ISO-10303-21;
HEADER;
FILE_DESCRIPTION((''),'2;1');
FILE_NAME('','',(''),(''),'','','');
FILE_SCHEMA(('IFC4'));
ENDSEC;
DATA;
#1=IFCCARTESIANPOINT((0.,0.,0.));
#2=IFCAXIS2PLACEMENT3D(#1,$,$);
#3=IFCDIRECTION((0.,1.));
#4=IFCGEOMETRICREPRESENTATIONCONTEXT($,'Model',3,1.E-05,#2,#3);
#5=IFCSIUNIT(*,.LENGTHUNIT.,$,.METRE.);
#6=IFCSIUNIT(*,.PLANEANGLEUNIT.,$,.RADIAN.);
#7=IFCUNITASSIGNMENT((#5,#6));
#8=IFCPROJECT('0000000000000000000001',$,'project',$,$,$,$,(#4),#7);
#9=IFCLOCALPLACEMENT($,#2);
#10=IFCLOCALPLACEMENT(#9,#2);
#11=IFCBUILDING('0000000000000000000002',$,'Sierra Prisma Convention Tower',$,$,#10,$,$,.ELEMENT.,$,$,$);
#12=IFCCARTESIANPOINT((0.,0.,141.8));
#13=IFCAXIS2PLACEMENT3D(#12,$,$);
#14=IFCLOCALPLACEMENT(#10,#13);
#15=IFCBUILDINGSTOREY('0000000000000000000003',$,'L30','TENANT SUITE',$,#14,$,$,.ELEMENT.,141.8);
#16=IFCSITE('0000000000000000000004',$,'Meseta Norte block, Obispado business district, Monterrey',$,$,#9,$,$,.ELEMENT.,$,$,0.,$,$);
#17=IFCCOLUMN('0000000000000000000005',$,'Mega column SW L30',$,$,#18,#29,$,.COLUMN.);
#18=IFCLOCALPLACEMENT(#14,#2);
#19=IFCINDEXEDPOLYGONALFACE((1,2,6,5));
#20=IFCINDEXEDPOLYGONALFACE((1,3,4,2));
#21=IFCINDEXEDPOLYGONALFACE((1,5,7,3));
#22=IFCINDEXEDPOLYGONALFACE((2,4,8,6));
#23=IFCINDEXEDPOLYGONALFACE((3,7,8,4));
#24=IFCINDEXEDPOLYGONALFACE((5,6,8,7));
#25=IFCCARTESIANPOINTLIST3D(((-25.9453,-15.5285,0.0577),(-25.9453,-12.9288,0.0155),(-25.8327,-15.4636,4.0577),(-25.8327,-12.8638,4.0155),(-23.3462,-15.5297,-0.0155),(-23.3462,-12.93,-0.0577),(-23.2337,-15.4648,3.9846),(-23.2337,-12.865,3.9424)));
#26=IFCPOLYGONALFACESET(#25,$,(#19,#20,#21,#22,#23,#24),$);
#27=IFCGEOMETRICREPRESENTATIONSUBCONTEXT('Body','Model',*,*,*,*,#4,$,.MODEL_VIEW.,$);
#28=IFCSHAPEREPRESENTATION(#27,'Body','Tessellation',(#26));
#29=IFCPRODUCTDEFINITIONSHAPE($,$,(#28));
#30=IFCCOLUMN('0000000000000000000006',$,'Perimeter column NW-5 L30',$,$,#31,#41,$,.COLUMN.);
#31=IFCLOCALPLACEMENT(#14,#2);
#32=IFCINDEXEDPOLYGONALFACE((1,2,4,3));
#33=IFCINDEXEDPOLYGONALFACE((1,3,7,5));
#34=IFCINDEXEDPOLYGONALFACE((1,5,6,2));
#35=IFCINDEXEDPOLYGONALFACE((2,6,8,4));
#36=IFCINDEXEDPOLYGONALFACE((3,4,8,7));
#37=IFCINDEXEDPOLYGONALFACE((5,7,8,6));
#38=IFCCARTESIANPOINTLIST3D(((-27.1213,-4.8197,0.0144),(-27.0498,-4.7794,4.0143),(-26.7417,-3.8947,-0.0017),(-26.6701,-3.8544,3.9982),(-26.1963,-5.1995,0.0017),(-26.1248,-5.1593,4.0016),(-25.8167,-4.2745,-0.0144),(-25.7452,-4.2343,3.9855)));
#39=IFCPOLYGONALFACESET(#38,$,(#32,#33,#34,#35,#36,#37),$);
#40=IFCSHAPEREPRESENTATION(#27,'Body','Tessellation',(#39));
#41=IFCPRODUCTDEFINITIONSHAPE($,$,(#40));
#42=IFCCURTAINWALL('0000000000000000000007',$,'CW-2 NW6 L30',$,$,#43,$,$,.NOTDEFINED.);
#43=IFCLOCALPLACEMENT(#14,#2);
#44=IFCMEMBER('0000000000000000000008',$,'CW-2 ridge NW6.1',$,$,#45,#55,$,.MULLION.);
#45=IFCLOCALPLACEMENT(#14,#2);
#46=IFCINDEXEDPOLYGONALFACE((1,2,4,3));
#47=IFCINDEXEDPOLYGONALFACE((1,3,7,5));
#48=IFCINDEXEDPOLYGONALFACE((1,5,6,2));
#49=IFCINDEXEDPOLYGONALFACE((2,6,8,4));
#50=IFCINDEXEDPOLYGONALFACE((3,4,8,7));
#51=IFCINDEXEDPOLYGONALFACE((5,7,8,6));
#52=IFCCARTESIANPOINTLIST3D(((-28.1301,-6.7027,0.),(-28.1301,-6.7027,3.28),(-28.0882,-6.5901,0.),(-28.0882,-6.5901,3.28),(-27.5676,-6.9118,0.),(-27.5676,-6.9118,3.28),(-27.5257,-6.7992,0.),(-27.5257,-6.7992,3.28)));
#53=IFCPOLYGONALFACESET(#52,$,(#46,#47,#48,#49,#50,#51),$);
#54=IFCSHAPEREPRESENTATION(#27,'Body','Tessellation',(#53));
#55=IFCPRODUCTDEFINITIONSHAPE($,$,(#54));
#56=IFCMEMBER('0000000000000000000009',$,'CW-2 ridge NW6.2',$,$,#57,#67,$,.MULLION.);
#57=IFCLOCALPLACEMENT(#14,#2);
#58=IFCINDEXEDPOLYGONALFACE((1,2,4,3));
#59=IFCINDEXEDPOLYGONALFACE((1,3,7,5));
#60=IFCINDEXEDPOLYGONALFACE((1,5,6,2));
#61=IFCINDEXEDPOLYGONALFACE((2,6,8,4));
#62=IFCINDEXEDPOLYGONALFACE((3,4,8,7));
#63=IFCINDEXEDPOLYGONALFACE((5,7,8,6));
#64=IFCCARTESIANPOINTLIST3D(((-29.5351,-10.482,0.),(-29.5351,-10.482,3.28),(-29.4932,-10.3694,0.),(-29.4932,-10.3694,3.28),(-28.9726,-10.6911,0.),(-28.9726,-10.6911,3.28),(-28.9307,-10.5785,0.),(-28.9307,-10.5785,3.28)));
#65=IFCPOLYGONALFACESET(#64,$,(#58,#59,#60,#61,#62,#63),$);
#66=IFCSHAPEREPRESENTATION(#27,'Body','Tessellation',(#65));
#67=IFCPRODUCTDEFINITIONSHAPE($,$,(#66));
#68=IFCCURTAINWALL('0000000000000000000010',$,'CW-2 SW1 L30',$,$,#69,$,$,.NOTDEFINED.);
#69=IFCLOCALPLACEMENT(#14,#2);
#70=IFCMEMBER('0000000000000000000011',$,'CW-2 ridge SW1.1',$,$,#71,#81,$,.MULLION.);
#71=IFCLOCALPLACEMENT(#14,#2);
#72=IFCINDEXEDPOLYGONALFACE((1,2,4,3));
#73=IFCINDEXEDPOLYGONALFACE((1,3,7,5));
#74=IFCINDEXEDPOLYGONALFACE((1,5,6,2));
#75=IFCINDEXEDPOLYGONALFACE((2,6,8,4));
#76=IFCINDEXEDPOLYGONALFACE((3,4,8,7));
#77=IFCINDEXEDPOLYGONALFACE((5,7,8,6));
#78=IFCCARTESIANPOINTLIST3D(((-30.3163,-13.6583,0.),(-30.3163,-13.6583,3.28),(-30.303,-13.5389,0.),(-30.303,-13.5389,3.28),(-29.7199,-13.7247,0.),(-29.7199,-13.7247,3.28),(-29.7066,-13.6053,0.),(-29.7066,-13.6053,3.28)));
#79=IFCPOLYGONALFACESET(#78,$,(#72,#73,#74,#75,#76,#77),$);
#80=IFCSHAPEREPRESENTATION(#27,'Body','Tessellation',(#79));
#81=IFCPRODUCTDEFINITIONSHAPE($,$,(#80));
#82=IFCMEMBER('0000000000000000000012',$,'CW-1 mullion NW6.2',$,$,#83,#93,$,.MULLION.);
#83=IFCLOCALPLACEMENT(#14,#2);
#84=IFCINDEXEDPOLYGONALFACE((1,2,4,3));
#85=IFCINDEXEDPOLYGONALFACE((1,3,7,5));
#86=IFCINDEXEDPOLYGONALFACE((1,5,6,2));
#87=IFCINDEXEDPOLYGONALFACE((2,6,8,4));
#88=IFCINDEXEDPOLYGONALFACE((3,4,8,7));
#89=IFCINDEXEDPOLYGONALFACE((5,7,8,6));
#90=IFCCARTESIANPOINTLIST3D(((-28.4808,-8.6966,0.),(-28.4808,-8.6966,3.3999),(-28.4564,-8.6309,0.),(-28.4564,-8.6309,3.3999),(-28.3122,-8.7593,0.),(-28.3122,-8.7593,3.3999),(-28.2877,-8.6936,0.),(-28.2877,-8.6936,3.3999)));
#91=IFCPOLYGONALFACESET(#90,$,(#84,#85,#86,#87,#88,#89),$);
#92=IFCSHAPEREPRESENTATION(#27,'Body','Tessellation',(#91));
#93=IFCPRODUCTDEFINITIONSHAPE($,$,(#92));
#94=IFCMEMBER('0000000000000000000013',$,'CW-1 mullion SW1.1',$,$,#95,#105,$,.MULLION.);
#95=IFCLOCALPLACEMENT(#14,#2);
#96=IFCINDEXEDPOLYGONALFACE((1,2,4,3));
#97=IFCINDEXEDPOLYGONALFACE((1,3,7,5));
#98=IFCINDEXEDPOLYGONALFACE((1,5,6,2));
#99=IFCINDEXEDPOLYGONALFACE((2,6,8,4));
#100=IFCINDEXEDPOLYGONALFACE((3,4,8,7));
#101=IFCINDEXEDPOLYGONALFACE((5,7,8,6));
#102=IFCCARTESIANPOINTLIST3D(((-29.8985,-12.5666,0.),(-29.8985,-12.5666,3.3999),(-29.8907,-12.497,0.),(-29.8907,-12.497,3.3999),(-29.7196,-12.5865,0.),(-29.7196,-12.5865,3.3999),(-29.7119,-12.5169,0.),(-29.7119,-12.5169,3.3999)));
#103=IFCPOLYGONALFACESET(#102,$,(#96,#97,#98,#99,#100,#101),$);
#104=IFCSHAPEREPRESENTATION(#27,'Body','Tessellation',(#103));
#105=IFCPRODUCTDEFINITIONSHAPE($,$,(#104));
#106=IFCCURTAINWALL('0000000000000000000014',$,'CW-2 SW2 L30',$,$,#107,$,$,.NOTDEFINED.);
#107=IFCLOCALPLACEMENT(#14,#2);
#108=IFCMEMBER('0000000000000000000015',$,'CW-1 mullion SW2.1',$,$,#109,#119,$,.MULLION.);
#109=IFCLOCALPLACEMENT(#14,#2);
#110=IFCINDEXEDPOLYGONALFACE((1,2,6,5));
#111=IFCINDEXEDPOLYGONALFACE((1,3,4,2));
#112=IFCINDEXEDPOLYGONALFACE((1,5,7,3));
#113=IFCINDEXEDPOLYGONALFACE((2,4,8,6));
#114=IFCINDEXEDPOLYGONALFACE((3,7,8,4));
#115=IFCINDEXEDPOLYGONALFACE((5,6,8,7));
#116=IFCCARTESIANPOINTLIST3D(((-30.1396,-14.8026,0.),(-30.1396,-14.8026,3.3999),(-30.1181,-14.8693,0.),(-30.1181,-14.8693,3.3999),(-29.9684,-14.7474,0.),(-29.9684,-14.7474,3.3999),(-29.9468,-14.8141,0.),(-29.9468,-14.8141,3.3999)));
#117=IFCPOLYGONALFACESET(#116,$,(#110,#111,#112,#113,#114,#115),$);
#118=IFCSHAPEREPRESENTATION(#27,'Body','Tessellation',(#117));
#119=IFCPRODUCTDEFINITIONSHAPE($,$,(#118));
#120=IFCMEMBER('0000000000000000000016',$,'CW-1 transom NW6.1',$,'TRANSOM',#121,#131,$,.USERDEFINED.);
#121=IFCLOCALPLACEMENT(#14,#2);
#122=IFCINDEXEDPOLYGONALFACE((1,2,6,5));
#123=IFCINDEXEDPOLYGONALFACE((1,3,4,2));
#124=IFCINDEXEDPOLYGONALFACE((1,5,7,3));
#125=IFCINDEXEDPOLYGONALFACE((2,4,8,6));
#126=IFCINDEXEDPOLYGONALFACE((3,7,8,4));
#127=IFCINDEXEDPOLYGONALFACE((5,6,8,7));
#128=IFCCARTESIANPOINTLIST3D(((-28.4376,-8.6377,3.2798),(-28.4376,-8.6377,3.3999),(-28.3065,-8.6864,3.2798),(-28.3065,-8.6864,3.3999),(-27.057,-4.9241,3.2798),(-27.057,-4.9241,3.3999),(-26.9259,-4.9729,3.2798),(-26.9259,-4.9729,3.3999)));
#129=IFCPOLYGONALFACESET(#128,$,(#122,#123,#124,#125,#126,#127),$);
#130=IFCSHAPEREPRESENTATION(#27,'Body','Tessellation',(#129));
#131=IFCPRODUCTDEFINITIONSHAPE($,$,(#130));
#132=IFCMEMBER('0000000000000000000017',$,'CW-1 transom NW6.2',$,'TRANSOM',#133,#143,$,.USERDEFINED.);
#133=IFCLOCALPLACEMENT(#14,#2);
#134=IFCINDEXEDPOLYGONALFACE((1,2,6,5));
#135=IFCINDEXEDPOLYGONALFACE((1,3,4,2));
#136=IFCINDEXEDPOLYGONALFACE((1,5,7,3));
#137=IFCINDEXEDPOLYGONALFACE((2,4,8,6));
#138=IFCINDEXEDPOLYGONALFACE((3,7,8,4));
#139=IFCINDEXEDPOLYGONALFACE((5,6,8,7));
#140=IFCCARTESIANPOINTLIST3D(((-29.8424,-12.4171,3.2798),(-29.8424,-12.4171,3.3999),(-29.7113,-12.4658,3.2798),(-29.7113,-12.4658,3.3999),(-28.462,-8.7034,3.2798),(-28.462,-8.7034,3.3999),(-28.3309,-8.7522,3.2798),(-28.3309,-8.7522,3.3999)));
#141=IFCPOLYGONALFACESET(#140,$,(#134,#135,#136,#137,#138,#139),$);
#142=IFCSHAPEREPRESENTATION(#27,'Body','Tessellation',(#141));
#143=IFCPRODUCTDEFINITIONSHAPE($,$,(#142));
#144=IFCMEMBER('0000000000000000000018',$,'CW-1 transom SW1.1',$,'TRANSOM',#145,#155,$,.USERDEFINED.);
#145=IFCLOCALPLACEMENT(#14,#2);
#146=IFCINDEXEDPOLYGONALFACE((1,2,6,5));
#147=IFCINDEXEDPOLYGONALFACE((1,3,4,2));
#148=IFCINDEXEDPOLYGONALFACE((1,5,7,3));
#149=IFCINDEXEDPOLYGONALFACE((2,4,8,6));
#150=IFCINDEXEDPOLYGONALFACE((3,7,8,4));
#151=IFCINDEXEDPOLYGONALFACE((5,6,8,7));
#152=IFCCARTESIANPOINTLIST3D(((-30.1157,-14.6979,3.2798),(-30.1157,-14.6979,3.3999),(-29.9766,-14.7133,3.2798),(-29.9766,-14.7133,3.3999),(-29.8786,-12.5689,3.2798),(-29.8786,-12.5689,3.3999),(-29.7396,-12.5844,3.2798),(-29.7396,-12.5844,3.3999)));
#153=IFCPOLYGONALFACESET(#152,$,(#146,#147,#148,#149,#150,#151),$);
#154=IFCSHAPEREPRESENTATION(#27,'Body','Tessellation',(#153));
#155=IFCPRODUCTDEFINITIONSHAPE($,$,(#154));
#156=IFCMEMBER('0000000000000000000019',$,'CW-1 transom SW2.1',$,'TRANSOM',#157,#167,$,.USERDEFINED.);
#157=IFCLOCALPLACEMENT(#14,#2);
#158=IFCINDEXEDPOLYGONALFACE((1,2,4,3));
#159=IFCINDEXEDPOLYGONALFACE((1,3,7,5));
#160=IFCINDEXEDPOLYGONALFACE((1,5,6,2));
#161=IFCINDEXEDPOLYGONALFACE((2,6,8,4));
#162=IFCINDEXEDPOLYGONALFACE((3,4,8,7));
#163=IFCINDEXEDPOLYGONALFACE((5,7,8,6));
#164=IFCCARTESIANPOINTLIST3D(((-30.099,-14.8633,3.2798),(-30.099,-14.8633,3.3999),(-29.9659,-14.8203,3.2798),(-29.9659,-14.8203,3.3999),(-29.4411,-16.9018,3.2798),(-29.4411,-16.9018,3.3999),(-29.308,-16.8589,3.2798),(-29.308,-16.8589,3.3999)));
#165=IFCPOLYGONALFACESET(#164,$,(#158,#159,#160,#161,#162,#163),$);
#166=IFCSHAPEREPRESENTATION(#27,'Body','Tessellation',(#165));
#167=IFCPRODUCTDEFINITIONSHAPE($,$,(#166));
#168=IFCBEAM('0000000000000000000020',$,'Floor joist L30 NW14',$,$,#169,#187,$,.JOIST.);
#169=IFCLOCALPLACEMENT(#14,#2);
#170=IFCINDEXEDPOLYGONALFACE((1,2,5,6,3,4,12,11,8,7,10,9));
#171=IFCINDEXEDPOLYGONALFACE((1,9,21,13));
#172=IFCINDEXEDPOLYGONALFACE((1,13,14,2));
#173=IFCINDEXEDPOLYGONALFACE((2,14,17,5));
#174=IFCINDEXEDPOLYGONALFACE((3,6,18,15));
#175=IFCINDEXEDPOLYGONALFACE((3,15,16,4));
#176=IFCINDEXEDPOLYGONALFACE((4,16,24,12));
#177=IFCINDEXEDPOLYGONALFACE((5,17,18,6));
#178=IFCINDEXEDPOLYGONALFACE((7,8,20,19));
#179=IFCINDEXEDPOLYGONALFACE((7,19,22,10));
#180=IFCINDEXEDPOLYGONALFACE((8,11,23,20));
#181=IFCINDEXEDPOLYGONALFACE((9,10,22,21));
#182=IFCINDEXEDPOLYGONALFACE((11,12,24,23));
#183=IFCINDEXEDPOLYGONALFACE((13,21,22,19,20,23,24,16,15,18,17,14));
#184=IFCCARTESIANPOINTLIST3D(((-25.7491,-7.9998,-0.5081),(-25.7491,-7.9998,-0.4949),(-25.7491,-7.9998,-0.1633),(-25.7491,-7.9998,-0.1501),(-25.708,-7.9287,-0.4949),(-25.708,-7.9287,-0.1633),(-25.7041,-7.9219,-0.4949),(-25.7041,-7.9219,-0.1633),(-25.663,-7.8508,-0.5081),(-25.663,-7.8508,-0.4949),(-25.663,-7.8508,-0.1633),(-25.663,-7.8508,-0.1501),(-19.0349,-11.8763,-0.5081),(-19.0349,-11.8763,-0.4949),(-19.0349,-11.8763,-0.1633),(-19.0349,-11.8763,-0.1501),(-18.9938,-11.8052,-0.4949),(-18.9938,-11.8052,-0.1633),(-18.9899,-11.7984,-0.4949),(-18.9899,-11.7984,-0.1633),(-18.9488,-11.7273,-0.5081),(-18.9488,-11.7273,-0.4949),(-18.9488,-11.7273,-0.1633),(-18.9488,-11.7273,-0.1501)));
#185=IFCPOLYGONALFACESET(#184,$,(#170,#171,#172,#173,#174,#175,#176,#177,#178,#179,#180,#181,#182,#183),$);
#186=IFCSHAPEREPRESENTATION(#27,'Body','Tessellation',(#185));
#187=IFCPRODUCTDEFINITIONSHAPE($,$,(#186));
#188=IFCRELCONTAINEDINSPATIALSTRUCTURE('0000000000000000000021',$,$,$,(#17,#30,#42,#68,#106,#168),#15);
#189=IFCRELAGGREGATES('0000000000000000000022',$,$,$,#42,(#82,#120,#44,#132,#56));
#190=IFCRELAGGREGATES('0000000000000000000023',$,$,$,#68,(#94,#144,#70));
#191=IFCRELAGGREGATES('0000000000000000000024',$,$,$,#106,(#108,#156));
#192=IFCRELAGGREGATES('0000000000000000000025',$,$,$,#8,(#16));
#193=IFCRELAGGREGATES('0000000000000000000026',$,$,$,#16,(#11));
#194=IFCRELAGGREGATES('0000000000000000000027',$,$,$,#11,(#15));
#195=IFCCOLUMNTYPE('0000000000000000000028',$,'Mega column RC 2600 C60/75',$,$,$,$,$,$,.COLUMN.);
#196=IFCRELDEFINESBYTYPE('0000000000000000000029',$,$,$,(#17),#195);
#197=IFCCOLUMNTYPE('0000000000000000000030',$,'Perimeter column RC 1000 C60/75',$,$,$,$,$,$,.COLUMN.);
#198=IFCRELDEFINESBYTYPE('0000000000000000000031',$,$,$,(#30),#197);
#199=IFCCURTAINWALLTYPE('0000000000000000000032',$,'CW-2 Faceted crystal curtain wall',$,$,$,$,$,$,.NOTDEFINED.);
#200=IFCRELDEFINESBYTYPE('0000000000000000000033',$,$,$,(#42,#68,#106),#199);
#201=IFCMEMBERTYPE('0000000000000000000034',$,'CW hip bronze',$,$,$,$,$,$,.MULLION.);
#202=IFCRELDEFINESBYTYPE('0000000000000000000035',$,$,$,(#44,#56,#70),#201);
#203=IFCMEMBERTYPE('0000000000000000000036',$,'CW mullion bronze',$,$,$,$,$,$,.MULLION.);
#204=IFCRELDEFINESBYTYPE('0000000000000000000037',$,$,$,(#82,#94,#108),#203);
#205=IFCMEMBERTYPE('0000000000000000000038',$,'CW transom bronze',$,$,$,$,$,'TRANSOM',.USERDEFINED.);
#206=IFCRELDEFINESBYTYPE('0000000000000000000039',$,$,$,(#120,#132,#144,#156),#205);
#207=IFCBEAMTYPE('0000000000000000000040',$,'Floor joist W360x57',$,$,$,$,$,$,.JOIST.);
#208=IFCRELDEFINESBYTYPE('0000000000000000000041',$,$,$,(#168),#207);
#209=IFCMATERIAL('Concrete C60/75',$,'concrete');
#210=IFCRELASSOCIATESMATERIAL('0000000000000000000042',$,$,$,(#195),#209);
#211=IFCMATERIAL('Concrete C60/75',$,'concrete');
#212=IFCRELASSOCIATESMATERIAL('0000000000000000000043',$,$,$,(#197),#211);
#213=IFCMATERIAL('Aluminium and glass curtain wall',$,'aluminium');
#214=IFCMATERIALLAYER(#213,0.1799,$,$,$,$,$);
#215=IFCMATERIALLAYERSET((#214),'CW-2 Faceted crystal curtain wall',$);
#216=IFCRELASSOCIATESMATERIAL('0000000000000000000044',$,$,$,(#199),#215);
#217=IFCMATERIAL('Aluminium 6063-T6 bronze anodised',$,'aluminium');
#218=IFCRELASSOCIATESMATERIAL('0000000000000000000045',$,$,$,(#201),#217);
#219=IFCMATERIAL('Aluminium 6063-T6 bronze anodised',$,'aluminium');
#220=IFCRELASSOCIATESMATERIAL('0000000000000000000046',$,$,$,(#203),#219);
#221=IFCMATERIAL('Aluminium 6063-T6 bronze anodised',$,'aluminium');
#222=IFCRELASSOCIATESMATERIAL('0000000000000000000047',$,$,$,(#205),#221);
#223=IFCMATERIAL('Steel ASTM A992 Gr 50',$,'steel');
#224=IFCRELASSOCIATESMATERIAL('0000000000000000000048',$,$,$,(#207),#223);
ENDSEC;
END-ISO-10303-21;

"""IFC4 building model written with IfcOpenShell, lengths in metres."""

from ifc_helpers import new_model, si_unit, direction, frame, origin, origin_2d, place, context, subcontext, project, spatial, rectangle, i_section, extrude, material, layer, layer_set, material_profile, profile_set, type_object, element, aggregate, save


model = new_model("IFC4")

# Units and contexts
model_context = context("Model", 3, precision=1e-05, world=origin(), true_north=direction((0.0, 1.0)))
body_context = subcontext(model_context, "Body", "Model", "MODEL_VIEW")
ifc_project = project(units=[si_unit("LENGTHUNIT", "METRE"), si_unit("PLANEANGLEUNIT", "RADIAN")], contexts=[model_context])

# Site, building, storey
site_placement = place(None, origin())
site = spatial("IfcSite", under=ifc_project, at=site_placement, Name="Meseta Norte block, Obispado business district, Monterrey", CompositionType="ELEMENT", RefElevation=0.0)
building_placement = place(site_placement, origin())
building = spatial("IfcBuilding", under=site, at=building_placement, Name="Sierra Prisma Convention Tower", CompositionType="ELEMENT")
storey_placement = place(building_placement, frame((0.0, 0.0, 141.8)))
storey = spatial("IfcBuildingStorey", under=building, at=storey_placement, Name="L30", Description="TENANT SUITE", CompositionType="ELEMENT", Elevation=141.8)

# Columns
ifc_material_1 = material(Name="Concrete C60/75", Category="concrete")
ifc_material_profile_1 = material_profile(ifc_material_1, rectangle(XDim=2.6001, YDim=2.6001, at=origin_2d()), Name="Mega column RC 2600 C60/75")
ifc_profile_set_1 = profile_set([ifc_material_profile_1], Name="Concrete C60/75")
column_type_1 = type_object("IfcColumnType", Name="Mega column RC 2600 C60/75", PredefinedType="COLUMN", material=ifc_profile_set_1)
column_1_placement = place(storey_placement, frame((-24.6458, -14.2292, 0.0), z_axis=(0.028122, 0.016227, 0.999473), x_axis=(0.999604, -0.000457, -0.028119)))
element("IfcColumn", 1, at=column_1_placement, inside=storey, type_object=column_type_1, Name="Mega column SW L30", PredefinedType="COLUMN", context=body_context, shape_type="SweptSolid", body=[
    extrude(rectangle(XDim=2.6001, YDim=2.6001, at=origin_2d()), origin(), (0.0, 0.0, 1.0), 4.0022),
])
ifc_material_2 = material(Name="Concrete C60/75", Category="concrete")
ifc_material_profile_2 = material_profile(ifc_material_2, rectangle(XDim=1.0, YDim=1.0, at=origin_2d()), Name="Perimeter column RC 1000 C60/75")
ifc_profile_set_2 = profile_set([ifc_material_profile_2], Name="Concrete C60/75")
column_type_2 = type_object("IfcColumnType", Name="Perimeter column RC 1000 C60/75", PredefinedType="COLUMN", material=ifc_profile_set_2)
column_2_placement = place(storey_placement, frame((-26.469, -4.5471, 0.0), z_axis=(0.01788, 0.010069, 0.999789), x_axis=(0.379623, 0.925001, -0.016104)))
element("IfcColumn", 2, at=column_2_placement, inside=storey, type_object=column_type_2, Name="Perimeter column NW-5 L30", PredefinedType="COLUMN", context=body_context, shape_type="SweptSolid", body=[
    extrude(rectangle(XDim=1.0, YDim=1.0, at=origin_2d()), origin(), (0.0, 0.0, 1.0), 4.0007),
])

# Curtain wall, members
ifc_material_3 = material(Name="Aluminium and glass curtain wall", Category="aluminium")
ifc_layer_1 = layer(ifc_material_3, 0.1799)
ifc_layer_set_1 = layer_set([ifc_layer_1], Name="CW-2 Faceted crystal curtain wall")
curtain_wall_type = type_object("IfcCurtainWallType", Name="CW-2 Faceted crystal curtain wall", PredefinedType="NOTDEFINED", material=ifc_layer_set_1)
curtain_wall_1_placement = place(storey_placement, origin())
curtain_wall_1 = element("IfcCurtainWall", 3, at=curtain_wall_1_placement, inside=storey, type_object=curtain_wall_type, Name="CW-2 NW6 L30", PredefinedType="NOTDEFINED")
ifc_material_4 = material(Name="Aluminium 6063-T6 bronze anodised", Category="aluminium")
ifc_material_profile_3 = material_profile(ifc_material_4, rectangle(XDim=0.1201, YDim=0.6001, at=origin_2d()), Name="ALU RIDGE BLADE 120x600")
ifc_profile_set_3 = profile_set([ifc_material_profile_3], Name="Aluminium 6063-T6 bronze anodised")
member_type_1 = type_object("IfcMemberType", Name="CW hip bronze", PredefinedType="MULLION", material=ifc_profile_set_3)
member_1_placement = place(storey_placement, frame((-27.8279, -6.751, 0.0), z_axis=(0.0, 0.0, 1.0), x_axis=(-0.348451, -0.937327, 0.0)))
member_1 = element("IfcMember", 4, at=member_1_placement, type_object=member_type_1, Name="CW-2 ridge NW6.1", PredefinedType="MULLION", context=body_context, shape_type="SweptSolid", body=[
    extrude(rectangle(XDim=0.1201, YDim=0.6001, at=origin_2d()), origin(), (0.0, 0.0, 1.0), 3.28),
])
member_2_placement = place(storey_placement, frame((-29.2329, -10.5303, 0.0), z_axis=(0.0, 0.0, 1.0), x_axis=(-0.348451, -0.937327, 0.0)))
member_2 = element("IfcMember", 5, at=member_2_placement, type_object=member_type_1, Name="CW-2 ridge NW6.2", PredefinedType="MULLION", context=body_context, shape_type="SweptSolid", body=[
    extrude(rectangle(XDim=0.1201, YDim=0.6001, at=origin_2d()), origin(), (0.0, 0.0, 1.0), 3.28),
])

# Curtain wall, member
curtain_wall_2_placement = place(storey_placement, origin())
curtain_wall_2 = element("IfcCurtainWall", 6, at=curtain_wall_2_placement, inside=storey, type_object=curtain_wall_type, Name="CW-2 SW1 L30", PredefinedType="NOTDEFINED")
member_3_placement = place(storey_placement, frame((-30.0115, -13.6318, 0.0), z_axis=(0.0, 0.0, 1.0), x_axis=(-0.11066, -0.993858, 0.0)))
member_3 = element("IfcMember", 7, at=member_3_placement, type_object=member_type_1, Name="CW-2 ridge SW1.1", PredefinedType="MULLION", context=body_context, shape_type="SweptSolid", body=[
    extrude(rectangle(XDim=0.1201, YDim=0.6001, at=origin_2d()), origin(), (0.0, 0.0, 1.0), 3.28),
])

# Members
ifc_material_5 = material(Name="Aluminium 6063-T6 bronze anodised", Category="aluminium")
ifc_material_profile_4 = material_profile(ifc_material_5, rectangle(XDim=0.1799, YDim=0.0701, at=origin_2d()), Name="ALU MULLION 70x180")
ifc_profile_set_4 = profile_set([ifc_material_profile_4], Name="Aluminium 6063-T6 bronze anodised")
member_type_2 = type_object("IfcMemberType", Name="CW mullion bronze", PredefinedType="MULLION", material=ifc_profile_set_4)
member_4_placement = place(storey_placement, frame((-28.3843, -8.6951, 0.0), z_axis=(0.0, 0.0, 1.0), x_axis=(0.937327, -0.348451, 0.0)))
member_4 = element("IfcMember", 8, at=member_4_placement, type_object=member_type_2, Name="CW-1 mullion NW6.2", PredefinedType="MULLION", context=body_context, shape_type="SweptSolid", body=[
    extrude(rectangle(XDim=0.1799, YDim=0.0701, at=origin_2d()), origin(), (0.0, 0.0, 1.0), 3.3999),
])
member_5_placement = place(storey_placement, frame((-29.8052, -12.5417, 0.0), z_axis=(0.0, 0.0, 1.0), x_axis=(0.993858, -0.11066, 0.0)))
member_5 = element("IfcMember", 9, at=member_5_placement, type_object=member_type_2, Name="CW-1 mullion SW1.1", PredefinedType="MULLION", context=body_context, shape_type="SweptSolid", body=[
    extrude(rectangle(XDim=0.1799, YDim=0.0701, at=origin_2d()), origin(), (0.0, 0.0, 1.0), 3.3999),
])

# Curtain wall, member
curtain_wall_3_placement = place(storey_placement, origin())
curtain_wall_3 = element("IfcCurtainWall", 10, at=curtain_wall_3_placement, inside=storey, type_object=curtain_wall_type, Name="CW-2 SW2 L30", PredefinedType="NOTDEFINED")
member_6_placement = place(storey_placement, frame((-30.0432, -14.8083, 0.0), z_axis=(0.0, 0.0, 1.0), x_axis=(0.95169, 0.307061, 0.0)))
member_6 = element("IfcMember", 11, at=member_6_placement, type_object=member_type_2, Name="CW-1 mullion SW2.1", PredefinedType="MULLION", context=body_context, shape_type="SweptSolid", body=[
    extrude(rectangle(XDim=0.1799, YDim=0.0701, at=origin_2d()), origin(), (0.0, 0.0, 1.0), 3.3999),
])

# Members
ifc_material_6 = material(Name="Aluminium 6063-T6 bronze anodised", Category="aluminium")
ifc_material_profile_5 = material_profile(ifc_material_6, rectangle(XDim=0.1399, YDim=0.1201, at=origin_2d()), Name="ALU TRANSOM 120x140")
ifc_profile_set_5 = profile_set([ifc_material_profile_5], Name="Aluminium 6063-T6 bronze anodised")
member_type_3 = type_object("IfcMemberType", Name="CW transom bronze", ElementType="TRANSOM", PredefinedType="USERDEFINED", material=ifc_profile_set_5)
member_7_placement = place(storey_placement, frame((-26.9915, -4.9485, 3.3398), z_axis=(-0.348468, -0.937321, 0.0), x_axis=(0.937321, -0.348468, 0.0)))
member_7 = element("IfcMember", 12, at=member_7_placement, type_object=member_type_3, Name="CW-1 transom NW6.1", ObjectType="TRANSOM", PredefinedType="USERDEFINED", context=body_context, shape_type="SweptSolid", body=[
    extrude(rectangle(XDim=0.1399, YDim=0.1201, at=origin_2d()), origin(), (0.0, 0.0, 1.0), 3.9619),
])
member_8_placement = place(storey_placement, frame((-28.3965, -8.7278, 3.3398), z_axis=(-0.348414, -0.937341, 0.0), x_axis=(0.937341, -0.348414, 0.0)))
member_8 = element("IfcMember", 13, at=member_8_placement, type_object=member_type_3, Name="CW-1 transom NW6.2", ObjectType="TRANSOM", PredefinedType="USERDEFINED", context=body_context, shape_type="SweptSolid", body=[
    extrude(rectangle(XDim=0.1399, YDim=0.1201, at=origin_2d()), origin(), (0.0, 0.0, 1.0), 3.9619),
])
member_9_placement = place(storey_placement, frame((-29.8091, -12.5767, 3.3398), z_axis=(-0.110669, -0.993857, 0.0), x_axis=(0.993857, -0.110669, 0.0)))
member_9 = element("IfcMember", 14, at=member_9_placement, type_object=member_type_3, Name="CW-1 transom SW1.1", ObjectType="TRANSOM", PredefinedType="USERDEFINED", context=body_context, shape_type="SweptSolid", body=[
    extrude(rectangle(XDim=0.1399, YDim=0.1201, at=origin_2d()), origin(), (0.0, 0.0, 1.0), 2.1421),
])
member_10_placement = place(storey_placement, frame((-30.0325, -14.8418, 3.3398), z_axis=(0.307153, -0.95166, 0.0), x_axis=(0.95166, 0.307153, 0.0)))
member_10 = element("IfcMember", 15, at=member_10_placement, type_object=member_type_3, Name="CW-1 transom SW2.1", ObjectType="TRANSOM", PredefinedType="USERDEFINED", context=body_context, shape_type="SweptSolid", body=[
    extrude(rectangle(XDim=0.1399, YDim=0.1201, at=origin_2d()), origin(), (0.0, 0.0, 1.0), 2.1421),
])

# Beam
ifc_material_7 = material(Name="Steel ASTM A992 Gr 50", Category="steel")
ifc_material_profile_6 = material_profile(ifc_material_7, i_section(OverallWidth=0.1721, OverallDepth=0.3579, WebThickness=0.0078, FlangeThickness=0.0132, at=origin_2d()), Name="W360x57")
ifc_profile_set_6 = profile_set([ifc_material_profile_6], Name="Steel ASTM A992 Gr 50")
beam_type_1 = type_object("IfcBeamType", Name="Floor joist W360x57", PredefinedType="JOIST", material=ifc_profile_set_6)
beam_1_placement = place(storey_placement, frame((-25.7061, -7.9253, -0.3291), z_axis=(0.866021, -0.500007, 0.0), x_axis=(0.500007, 0.866021, 0.0)))
element("IfcBeam", 16, at=beam_1_placement, inside=storey, type_object=beam_type_1, Name="Floor joist L30 NW14", PredefinedType="JOIST", context=body_context, shape_type="SweptSolid", body=[
    extrude(i_section(OverallWidth=0.1721, OverallDepth=0.3579, WebThickness=0.0078, FlangeThickness=0.0132, at=origin_2d()), origin(), (0.0, 0.0, 1.0), 7.7529),
])

aggregate(curtain_wall_1, [member_4, member_7, member_1, member_8, member_2])
aggregate(curtain_wall_2, [member_5, member_9, member_3])
aggregate(curtain_wall_3, [member_6, member_10])

save(model, "model.ifc")
